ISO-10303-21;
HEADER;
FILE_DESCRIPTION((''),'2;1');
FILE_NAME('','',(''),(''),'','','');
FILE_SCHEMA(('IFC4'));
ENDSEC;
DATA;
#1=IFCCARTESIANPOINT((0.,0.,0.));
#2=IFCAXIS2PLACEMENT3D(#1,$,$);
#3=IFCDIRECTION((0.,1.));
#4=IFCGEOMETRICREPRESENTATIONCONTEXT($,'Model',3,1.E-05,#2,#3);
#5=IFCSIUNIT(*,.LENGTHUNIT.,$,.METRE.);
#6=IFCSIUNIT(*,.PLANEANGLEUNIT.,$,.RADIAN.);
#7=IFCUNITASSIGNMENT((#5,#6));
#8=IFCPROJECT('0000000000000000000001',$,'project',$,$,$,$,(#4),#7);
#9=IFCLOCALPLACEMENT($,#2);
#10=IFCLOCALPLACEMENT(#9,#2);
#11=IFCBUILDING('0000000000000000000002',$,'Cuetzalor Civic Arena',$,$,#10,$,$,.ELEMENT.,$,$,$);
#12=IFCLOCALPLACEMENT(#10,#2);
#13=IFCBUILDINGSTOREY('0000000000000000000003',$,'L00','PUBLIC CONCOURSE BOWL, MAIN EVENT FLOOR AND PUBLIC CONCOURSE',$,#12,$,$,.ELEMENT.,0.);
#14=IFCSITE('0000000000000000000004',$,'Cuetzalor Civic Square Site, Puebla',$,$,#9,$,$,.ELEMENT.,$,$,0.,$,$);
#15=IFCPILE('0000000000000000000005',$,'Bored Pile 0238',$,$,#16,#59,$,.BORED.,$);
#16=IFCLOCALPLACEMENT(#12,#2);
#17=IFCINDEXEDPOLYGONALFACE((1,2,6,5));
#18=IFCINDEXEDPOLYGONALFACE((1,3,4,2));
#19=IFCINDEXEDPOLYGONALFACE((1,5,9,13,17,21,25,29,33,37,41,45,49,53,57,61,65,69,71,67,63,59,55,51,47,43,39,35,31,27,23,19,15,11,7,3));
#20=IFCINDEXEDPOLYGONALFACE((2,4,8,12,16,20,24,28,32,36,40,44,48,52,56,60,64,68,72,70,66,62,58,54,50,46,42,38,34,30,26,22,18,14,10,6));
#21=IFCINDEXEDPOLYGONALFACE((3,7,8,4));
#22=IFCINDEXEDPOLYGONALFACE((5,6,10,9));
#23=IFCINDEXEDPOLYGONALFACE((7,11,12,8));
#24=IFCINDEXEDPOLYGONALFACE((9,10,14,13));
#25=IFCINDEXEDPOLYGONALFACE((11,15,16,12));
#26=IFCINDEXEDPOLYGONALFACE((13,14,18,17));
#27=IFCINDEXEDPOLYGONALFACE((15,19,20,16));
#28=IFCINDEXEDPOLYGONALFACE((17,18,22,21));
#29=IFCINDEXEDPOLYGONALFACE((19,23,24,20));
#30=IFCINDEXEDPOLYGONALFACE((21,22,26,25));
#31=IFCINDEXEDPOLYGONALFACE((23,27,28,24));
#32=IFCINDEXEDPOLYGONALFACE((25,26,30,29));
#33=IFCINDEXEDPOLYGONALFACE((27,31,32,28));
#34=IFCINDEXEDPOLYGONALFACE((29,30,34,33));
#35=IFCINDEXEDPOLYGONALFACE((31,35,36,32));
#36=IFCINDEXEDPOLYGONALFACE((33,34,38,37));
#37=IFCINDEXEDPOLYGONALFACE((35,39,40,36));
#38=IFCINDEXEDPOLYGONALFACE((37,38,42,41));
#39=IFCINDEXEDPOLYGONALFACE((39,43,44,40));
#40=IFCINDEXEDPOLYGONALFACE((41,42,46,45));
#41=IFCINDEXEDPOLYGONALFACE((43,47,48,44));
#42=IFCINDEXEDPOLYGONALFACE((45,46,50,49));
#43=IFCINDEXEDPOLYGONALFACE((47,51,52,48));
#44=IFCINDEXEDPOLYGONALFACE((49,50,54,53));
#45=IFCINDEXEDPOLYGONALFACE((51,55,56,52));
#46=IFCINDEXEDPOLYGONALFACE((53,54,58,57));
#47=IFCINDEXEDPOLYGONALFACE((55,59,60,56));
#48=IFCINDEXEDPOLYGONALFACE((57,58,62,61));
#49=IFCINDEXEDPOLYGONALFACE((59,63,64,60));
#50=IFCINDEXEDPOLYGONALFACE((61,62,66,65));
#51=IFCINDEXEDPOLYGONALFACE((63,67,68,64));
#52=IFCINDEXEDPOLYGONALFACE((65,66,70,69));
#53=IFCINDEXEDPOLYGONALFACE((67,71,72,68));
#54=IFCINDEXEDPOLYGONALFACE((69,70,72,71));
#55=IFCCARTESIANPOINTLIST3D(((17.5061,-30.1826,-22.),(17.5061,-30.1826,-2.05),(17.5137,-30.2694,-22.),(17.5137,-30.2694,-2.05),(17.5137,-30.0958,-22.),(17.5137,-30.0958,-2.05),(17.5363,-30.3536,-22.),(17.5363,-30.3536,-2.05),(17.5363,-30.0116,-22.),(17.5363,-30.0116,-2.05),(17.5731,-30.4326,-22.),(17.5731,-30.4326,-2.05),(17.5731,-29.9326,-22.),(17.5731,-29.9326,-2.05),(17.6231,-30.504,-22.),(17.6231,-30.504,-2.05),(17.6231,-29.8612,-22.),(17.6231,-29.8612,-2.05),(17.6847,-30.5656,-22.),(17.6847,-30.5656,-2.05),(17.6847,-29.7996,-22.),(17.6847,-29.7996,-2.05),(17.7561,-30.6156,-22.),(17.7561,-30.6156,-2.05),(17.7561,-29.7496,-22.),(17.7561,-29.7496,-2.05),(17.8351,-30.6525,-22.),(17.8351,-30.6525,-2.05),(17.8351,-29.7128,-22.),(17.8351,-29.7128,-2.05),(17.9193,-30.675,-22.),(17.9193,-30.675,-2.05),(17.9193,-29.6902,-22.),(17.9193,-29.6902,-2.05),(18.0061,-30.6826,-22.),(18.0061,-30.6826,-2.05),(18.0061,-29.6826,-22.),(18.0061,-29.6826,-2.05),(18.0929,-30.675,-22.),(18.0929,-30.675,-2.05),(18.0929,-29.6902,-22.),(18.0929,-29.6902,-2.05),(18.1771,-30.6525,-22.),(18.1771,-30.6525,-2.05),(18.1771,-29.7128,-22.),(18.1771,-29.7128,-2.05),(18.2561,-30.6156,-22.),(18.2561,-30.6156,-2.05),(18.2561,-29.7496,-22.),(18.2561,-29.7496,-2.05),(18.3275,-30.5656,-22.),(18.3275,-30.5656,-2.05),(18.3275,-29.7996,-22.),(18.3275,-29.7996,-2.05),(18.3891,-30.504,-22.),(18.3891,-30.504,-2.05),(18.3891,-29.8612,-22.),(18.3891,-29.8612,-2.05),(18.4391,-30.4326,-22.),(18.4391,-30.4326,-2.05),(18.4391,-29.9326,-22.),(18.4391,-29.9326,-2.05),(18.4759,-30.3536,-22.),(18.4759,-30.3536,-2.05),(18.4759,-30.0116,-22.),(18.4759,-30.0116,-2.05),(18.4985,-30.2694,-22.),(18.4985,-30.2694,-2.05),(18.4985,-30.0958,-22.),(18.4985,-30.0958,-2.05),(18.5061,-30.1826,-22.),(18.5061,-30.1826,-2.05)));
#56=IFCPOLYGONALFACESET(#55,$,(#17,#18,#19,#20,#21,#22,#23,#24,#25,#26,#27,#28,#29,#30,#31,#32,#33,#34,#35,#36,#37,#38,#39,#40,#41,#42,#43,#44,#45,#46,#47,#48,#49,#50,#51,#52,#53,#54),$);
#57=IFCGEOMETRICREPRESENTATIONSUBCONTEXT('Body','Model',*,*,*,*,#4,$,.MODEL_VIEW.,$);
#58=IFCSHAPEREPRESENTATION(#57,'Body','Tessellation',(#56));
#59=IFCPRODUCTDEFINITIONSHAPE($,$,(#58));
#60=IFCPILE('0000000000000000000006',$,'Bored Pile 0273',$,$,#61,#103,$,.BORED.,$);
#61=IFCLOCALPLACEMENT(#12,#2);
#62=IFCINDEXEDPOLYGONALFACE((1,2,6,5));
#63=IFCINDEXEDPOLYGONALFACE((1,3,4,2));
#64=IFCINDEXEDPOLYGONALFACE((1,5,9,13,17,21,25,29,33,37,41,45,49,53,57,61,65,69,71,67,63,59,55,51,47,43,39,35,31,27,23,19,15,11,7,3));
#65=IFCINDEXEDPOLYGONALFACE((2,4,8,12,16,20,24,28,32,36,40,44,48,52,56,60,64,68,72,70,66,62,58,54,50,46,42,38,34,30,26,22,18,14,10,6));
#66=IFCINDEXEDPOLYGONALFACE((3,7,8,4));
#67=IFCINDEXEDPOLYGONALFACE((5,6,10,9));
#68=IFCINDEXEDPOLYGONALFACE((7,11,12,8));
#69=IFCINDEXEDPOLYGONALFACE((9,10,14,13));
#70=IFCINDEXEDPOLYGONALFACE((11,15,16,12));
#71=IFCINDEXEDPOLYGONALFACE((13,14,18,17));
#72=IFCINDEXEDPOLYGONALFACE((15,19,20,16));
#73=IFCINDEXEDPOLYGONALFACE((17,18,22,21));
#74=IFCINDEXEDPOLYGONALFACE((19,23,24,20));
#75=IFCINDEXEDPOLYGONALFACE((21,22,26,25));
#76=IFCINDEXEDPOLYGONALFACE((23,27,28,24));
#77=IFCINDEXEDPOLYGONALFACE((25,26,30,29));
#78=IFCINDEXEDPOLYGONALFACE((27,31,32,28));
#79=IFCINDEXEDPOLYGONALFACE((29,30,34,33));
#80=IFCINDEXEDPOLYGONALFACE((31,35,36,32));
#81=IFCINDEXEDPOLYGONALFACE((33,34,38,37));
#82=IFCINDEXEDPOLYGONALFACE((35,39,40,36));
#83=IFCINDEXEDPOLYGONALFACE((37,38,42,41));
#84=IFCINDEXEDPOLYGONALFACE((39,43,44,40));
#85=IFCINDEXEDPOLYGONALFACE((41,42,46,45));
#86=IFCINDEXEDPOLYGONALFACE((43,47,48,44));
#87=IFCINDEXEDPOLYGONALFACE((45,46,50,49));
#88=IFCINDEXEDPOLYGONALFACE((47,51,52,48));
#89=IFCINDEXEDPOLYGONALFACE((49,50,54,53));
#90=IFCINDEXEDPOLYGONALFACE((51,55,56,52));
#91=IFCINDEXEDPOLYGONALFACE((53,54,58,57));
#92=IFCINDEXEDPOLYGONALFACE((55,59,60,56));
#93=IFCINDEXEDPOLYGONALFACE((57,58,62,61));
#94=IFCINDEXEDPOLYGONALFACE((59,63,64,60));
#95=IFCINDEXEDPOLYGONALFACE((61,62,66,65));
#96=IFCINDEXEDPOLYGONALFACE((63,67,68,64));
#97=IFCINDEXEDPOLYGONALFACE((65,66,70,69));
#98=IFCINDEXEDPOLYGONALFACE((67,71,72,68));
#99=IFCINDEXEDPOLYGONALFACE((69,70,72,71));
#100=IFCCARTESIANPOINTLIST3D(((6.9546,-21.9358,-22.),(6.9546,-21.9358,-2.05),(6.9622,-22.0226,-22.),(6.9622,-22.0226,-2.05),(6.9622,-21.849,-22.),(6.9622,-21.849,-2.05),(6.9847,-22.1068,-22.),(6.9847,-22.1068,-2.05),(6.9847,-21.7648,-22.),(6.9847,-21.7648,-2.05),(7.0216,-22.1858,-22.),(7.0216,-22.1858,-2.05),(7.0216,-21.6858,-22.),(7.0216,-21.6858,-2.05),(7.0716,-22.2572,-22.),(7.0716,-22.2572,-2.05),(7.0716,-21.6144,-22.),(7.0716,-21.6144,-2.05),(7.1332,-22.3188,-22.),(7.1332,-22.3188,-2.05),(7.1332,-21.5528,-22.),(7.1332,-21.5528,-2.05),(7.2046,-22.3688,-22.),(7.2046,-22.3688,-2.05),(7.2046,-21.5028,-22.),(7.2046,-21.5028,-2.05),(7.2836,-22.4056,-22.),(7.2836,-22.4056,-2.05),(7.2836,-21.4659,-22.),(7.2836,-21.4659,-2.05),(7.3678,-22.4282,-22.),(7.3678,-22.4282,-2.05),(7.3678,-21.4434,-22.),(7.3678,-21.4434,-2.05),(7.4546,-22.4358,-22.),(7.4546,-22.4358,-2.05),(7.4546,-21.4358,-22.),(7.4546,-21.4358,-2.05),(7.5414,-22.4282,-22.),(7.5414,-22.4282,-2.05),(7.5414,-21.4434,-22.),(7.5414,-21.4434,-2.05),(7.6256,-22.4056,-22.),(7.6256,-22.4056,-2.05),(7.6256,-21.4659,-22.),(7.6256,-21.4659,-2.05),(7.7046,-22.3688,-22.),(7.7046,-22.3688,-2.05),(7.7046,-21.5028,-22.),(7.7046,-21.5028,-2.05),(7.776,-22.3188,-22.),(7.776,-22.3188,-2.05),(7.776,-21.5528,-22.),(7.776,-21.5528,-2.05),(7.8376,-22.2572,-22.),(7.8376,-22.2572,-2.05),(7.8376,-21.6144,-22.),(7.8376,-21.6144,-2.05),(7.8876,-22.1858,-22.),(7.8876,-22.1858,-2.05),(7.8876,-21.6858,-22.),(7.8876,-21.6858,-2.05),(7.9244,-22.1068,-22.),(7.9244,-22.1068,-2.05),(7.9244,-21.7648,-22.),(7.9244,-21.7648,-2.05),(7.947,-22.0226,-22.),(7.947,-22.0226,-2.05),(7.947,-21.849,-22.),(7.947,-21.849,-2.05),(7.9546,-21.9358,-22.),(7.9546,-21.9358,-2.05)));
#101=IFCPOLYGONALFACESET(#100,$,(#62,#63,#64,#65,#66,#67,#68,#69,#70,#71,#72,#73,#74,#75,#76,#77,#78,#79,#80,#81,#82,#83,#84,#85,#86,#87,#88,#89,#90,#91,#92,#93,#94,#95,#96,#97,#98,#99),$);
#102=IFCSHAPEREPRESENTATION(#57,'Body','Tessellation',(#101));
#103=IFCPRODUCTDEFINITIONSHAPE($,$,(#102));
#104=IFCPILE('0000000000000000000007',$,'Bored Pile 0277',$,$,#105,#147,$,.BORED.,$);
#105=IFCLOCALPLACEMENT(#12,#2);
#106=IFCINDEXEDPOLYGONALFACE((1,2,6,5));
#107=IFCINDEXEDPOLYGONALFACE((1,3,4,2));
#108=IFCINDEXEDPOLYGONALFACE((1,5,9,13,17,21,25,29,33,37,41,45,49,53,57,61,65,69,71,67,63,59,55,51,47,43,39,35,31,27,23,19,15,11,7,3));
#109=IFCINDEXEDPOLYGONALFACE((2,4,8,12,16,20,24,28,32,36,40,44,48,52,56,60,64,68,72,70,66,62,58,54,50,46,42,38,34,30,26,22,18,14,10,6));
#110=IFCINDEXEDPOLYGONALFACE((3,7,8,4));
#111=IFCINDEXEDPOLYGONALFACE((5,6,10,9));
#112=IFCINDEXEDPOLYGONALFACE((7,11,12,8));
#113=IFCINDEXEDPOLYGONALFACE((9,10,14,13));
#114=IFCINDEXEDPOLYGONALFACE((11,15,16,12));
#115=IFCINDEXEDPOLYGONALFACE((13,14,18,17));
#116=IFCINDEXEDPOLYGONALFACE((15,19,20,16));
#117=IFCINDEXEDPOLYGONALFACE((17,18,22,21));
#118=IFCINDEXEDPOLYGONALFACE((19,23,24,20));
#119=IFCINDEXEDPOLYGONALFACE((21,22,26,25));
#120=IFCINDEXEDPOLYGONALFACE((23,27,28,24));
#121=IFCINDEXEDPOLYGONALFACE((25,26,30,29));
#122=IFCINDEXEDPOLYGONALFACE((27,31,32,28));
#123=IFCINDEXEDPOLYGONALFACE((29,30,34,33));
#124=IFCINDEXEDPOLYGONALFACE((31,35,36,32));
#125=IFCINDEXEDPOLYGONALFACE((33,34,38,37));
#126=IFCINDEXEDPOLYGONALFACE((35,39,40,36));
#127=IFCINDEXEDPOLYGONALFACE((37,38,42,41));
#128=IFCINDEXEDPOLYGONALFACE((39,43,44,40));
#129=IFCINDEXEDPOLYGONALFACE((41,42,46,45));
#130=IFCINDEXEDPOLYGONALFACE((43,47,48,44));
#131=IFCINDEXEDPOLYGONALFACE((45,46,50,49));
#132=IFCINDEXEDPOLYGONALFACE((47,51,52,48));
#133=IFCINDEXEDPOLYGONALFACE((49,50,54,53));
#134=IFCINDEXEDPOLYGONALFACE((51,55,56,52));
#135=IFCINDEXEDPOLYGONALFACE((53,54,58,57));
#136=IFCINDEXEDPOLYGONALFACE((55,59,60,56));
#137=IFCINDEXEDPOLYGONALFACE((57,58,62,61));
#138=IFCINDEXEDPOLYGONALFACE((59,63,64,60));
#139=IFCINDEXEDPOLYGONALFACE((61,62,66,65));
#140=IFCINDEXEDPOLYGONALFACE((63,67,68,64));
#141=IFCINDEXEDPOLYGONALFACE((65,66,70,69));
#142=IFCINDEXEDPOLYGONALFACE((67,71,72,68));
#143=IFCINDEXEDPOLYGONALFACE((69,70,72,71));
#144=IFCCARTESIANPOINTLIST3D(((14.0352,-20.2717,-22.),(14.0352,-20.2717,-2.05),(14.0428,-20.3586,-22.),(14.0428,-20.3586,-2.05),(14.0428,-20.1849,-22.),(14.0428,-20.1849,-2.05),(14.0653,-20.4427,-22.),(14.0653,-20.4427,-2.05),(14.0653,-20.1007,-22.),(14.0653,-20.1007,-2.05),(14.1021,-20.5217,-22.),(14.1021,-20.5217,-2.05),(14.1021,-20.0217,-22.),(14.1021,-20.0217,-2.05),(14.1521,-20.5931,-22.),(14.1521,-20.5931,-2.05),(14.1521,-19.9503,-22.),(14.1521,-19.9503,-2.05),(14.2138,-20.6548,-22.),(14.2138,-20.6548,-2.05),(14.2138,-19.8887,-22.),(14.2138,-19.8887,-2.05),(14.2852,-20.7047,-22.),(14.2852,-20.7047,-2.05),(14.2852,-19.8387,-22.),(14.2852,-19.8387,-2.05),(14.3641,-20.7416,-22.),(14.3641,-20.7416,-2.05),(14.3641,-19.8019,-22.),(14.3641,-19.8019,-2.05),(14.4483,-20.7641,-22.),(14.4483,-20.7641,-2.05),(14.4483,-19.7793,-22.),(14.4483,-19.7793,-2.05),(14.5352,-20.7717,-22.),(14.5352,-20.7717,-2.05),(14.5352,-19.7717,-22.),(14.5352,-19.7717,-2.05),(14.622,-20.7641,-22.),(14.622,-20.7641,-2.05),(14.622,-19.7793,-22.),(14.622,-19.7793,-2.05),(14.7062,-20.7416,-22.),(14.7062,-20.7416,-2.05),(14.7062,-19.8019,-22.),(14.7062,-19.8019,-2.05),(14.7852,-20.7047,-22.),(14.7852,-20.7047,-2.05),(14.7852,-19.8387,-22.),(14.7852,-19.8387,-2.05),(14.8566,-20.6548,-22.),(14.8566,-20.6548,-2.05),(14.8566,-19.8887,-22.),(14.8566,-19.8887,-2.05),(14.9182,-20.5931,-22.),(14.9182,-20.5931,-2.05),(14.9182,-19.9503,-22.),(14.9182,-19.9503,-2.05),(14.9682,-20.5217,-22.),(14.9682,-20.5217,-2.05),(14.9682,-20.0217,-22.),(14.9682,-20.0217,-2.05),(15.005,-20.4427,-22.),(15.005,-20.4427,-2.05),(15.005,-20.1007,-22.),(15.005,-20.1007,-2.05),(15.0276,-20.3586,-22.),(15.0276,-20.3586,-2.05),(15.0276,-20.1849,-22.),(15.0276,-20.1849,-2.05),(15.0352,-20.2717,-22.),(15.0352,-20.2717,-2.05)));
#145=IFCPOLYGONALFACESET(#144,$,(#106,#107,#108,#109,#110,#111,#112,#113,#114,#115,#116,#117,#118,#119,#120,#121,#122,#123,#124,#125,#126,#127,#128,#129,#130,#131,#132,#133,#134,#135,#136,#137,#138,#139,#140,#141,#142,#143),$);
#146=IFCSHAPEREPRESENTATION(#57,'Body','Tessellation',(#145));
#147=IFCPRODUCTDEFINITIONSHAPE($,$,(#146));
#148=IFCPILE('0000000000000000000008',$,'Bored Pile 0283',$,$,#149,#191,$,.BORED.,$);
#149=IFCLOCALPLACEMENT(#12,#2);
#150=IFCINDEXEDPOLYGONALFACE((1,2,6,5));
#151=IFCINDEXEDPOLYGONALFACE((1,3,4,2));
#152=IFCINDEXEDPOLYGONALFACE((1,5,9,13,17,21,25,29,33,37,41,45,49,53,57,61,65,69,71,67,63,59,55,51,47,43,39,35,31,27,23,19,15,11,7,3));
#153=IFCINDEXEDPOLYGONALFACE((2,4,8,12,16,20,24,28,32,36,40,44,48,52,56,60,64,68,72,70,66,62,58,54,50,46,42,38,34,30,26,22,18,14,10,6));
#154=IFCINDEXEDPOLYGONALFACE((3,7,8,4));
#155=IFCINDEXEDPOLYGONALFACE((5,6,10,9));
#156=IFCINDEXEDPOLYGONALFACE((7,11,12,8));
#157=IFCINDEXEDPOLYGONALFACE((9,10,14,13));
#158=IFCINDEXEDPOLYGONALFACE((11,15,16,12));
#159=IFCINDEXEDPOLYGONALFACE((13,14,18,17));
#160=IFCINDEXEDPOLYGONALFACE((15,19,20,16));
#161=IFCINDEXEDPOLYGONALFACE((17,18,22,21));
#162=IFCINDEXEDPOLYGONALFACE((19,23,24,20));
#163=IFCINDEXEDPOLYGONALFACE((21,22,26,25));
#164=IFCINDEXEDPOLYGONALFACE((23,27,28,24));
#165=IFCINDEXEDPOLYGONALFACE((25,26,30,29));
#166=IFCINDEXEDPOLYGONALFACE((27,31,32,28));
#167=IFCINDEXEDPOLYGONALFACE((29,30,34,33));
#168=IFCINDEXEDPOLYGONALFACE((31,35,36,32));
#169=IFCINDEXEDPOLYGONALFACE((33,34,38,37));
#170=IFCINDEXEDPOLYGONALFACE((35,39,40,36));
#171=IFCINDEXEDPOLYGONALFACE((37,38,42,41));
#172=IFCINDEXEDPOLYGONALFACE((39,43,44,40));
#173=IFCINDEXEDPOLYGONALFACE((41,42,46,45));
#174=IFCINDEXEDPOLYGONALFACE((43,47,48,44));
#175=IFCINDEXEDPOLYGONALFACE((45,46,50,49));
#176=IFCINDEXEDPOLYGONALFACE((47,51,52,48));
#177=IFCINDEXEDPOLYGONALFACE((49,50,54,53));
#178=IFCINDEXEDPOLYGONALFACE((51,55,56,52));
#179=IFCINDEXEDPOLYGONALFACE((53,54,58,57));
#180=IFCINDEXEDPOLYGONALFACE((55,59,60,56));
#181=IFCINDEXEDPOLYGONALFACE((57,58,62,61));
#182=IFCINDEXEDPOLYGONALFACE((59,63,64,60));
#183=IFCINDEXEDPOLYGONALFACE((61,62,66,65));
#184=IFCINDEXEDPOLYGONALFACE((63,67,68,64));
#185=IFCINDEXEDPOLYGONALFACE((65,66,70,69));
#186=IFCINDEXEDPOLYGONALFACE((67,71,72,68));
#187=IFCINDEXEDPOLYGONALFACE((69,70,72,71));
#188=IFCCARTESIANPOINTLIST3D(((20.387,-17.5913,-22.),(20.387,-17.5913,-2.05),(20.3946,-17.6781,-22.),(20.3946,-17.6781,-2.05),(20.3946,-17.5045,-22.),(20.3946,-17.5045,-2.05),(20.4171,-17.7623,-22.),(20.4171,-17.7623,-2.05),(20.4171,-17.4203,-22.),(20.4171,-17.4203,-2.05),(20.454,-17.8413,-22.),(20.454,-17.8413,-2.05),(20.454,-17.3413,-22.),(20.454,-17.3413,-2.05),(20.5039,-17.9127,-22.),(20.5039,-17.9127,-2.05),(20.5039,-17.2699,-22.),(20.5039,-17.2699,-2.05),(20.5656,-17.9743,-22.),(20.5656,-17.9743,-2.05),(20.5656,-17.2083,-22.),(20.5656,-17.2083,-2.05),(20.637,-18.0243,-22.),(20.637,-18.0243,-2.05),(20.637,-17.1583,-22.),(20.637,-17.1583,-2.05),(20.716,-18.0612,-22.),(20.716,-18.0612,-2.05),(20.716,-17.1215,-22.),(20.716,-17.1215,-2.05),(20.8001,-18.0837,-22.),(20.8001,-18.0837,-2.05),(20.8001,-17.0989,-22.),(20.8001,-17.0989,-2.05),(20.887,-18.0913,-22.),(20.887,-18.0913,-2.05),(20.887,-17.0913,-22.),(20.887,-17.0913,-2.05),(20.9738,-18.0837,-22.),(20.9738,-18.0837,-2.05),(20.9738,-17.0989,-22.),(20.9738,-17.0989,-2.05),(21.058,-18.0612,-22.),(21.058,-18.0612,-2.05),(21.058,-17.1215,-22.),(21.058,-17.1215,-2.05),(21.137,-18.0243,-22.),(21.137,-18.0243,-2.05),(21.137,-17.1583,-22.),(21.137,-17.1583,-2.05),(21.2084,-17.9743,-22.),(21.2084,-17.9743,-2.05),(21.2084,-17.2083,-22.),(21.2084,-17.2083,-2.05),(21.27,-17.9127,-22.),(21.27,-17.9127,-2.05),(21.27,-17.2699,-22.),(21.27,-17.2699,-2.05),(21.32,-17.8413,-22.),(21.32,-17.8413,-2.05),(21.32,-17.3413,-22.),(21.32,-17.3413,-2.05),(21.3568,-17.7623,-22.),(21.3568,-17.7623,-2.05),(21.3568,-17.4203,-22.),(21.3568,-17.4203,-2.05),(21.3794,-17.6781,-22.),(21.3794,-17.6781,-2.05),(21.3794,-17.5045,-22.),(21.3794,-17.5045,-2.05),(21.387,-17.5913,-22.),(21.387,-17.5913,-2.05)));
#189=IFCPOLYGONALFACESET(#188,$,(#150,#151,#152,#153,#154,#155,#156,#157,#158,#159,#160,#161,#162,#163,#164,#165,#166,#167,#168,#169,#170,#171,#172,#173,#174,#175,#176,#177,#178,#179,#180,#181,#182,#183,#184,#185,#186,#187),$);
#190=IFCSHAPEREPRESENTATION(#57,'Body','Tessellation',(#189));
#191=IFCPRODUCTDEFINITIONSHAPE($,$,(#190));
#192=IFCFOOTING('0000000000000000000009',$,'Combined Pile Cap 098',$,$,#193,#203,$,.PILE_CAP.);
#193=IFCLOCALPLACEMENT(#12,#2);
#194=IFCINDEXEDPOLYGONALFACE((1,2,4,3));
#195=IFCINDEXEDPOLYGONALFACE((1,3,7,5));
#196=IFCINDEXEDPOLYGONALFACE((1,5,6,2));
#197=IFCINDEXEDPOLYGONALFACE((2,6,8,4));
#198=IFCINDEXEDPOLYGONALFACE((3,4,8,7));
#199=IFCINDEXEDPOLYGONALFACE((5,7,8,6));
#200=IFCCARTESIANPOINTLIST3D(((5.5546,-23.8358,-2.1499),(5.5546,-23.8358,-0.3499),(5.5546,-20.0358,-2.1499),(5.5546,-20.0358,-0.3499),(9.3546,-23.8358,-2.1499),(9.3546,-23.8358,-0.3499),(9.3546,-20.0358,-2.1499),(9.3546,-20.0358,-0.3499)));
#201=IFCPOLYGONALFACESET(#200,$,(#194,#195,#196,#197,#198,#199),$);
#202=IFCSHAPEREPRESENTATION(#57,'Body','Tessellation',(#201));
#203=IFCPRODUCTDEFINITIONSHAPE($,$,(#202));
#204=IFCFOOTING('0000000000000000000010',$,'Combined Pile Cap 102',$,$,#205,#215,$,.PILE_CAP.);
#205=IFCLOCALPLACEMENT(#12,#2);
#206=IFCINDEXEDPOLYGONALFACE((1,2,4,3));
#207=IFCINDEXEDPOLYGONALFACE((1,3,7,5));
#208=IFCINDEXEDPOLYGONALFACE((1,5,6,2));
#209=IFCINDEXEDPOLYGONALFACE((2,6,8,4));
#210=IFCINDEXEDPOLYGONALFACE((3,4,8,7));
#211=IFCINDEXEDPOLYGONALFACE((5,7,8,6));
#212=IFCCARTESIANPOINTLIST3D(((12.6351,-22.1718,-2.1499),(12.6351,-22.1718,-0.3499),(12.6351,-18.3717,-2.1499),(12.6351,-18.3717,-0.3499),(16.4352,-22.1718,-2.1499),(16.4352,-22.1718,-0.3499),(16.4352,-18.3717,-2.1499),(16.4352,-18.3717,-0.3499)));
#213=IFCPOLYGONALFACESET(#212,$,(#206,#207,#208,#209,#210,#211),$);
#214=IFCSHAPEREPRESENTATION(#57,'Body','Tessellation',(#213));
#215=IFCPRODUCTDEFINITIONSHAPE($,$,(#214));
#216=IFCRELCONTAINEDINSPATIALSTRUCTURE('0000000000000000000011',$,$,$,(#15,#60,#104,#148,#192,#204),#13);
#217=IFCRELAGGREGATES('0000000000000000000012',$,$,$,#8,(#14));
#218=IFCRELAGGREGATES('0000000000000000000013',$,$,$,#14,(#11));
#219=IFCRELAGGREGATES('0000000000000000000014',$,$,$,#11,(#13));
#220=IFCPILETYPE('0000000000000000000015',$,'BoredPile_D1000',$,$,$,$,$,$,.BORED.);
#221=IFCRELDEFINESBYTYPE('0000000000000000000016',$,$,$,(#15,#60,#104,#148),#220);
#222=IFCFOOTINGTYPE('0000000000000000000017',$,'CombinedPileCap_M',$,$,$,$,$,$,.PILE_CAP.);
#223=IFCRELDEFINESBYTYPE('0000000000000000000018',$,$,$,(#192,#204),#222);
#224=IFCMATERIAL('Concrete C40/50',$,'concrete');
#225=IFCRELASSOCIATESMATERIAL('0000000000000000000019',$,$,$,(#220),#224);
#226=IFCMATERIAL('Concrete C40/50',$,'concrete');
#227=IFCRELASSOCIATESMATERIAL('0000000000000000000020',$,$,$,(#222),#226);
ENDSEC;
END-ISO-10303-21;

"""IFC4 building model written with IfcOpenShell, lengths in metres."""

from ifc_helpers import new_model, si_unit, direction, frame, origin, origin_2d, place, context, subcontext, project, spatial, rectangle, circle, extrude, material, material_profile, profile_set, type_object, element, save


model = new_model("IFC4")

# Units and contexts
model_context = context("Model", 3, precision=1e-05, world=origin(), true_north=direction((0.0, 1.0)))
body_context = subcontext(model_context, "Body", "Model", "MODEL_VIEW")
ifc_project = project(units=[si_unit("LENGTHUNIT", "METRE"), si_unit("PLANEANGLEUNIT", "RADIAN")], contexts=[model_context])

# Site, building, storey
site_placement = place(None, origin())
site = spatial("IfcSite", under=ifc_project, at=site_placement, Name="Cuetzalor Civic Square Site, Puebla", CompositionType="ELEMENT", RefElevation=0.0)
building_placement = place(site_placement, origin())
building = spatial("IfcBuilding", under=site, at=building_placement, Name="Cuetzalor Civic Arena", CompositionType="ELEMENT")
storey_placement = place(building_placement, origin())
storey = spatial("IfcBuildingStorey", under=building, at=storey_placement, Name="L00", Description="PUBLIC CONCOURSE BOWL, MAIN EVENT FLOOR AND PUBLIC CONCOURSE", CompositionType="ELEMENT", Elevation=0.0)

# Piles
ifc_material_1 = material(Name="Concrete C40/50", Category="concrete")
ifc_material_profile_1 = material_profile(ifc_material_1, circle(Radius=0.5, at=origin_2d()), Name="BORED PILE D1000")
ifc_profile_set_1 = profile_set([ifc_material_profile_1], Name="Concrete C40/50")
pile_type = type_object("IfcPileType", Name="BoredPile_D1000", PredefinedType="BORED", material=ifc_profile_set_1)
for number, where, z_axis, x_axis, name in (
    (1, (18.0061, -30.1826, -2.05), (0.0, 0.0, -1.0), (1.0, 0.0, 0.0), "Bored Pile 0238"),
    (2, (7.4546, -21.9358, -2.05), (0.0, 0.0, -1.0), (1.0, 0.0, 0.0), "Bored Pile 0273"),
    (3, (14.5352, -20.2717, -2.05), (0.0, 0.0, -1.0), (1.0, 0.0, 0.0), "Bored Pile 0277"),
    (4, (20.887, -17.5913, -2.05), (0.0, 0.0, -1.0), (1.0, 0.0, 0.0), "Bored Pile 0283"),
):
    element("IfcPile", number, at=place(storey_placement, frame(where, z_axis=z_axis, x_axis=x_axis)), inside=storey, type_object=pile_type, Name=name, PredefinedType="BORED", context=body_context, shape_type="SweptSolid", body=[
        extrude(circle(Radius=0.5, at=origin_2d()), origin(), (0.0, 0.0, 1.0), 19.95),
    ])

# Footings
ifc_material_2 = material(Name="Concrete C40/50", Category="concrete")
footing_type = type_object("IfcFootingType", Name="CombinedPileCap_M", PredefinedType="PILE_CAP", material=ifc_material_2)
for number, where, z_axis, x_axis, name in (
    (5, (7.4546, -21.9358, -2.1499), (0.0, 0.0, 1.0), (1.0, 0.0, 0.0), "Combined Pile Cap 098"),
    (6, (14.5352, -20.2717, -2.1499), (0.0, 0.0, 1.0), (1.0, 0.0, 0.0), "Combined Pile Cap 102"),
):
    element("IfcFooting", number, at=place(storey_placement, frame(where, z_axis=z_axis, x_axis=x_axis)), inside=storey, type_object=footing_type, Name=name, PredefinedType="PILE_CAP", context=body_context, shape_type="SweptSolid", body=[
        extrude(rectangle(XDim=3.8, YDim=3.8, at=origin_2d()), origin(), (0.0, 0.0, 1.0), 1.8),
    ])

save(model, "model.ifc")
